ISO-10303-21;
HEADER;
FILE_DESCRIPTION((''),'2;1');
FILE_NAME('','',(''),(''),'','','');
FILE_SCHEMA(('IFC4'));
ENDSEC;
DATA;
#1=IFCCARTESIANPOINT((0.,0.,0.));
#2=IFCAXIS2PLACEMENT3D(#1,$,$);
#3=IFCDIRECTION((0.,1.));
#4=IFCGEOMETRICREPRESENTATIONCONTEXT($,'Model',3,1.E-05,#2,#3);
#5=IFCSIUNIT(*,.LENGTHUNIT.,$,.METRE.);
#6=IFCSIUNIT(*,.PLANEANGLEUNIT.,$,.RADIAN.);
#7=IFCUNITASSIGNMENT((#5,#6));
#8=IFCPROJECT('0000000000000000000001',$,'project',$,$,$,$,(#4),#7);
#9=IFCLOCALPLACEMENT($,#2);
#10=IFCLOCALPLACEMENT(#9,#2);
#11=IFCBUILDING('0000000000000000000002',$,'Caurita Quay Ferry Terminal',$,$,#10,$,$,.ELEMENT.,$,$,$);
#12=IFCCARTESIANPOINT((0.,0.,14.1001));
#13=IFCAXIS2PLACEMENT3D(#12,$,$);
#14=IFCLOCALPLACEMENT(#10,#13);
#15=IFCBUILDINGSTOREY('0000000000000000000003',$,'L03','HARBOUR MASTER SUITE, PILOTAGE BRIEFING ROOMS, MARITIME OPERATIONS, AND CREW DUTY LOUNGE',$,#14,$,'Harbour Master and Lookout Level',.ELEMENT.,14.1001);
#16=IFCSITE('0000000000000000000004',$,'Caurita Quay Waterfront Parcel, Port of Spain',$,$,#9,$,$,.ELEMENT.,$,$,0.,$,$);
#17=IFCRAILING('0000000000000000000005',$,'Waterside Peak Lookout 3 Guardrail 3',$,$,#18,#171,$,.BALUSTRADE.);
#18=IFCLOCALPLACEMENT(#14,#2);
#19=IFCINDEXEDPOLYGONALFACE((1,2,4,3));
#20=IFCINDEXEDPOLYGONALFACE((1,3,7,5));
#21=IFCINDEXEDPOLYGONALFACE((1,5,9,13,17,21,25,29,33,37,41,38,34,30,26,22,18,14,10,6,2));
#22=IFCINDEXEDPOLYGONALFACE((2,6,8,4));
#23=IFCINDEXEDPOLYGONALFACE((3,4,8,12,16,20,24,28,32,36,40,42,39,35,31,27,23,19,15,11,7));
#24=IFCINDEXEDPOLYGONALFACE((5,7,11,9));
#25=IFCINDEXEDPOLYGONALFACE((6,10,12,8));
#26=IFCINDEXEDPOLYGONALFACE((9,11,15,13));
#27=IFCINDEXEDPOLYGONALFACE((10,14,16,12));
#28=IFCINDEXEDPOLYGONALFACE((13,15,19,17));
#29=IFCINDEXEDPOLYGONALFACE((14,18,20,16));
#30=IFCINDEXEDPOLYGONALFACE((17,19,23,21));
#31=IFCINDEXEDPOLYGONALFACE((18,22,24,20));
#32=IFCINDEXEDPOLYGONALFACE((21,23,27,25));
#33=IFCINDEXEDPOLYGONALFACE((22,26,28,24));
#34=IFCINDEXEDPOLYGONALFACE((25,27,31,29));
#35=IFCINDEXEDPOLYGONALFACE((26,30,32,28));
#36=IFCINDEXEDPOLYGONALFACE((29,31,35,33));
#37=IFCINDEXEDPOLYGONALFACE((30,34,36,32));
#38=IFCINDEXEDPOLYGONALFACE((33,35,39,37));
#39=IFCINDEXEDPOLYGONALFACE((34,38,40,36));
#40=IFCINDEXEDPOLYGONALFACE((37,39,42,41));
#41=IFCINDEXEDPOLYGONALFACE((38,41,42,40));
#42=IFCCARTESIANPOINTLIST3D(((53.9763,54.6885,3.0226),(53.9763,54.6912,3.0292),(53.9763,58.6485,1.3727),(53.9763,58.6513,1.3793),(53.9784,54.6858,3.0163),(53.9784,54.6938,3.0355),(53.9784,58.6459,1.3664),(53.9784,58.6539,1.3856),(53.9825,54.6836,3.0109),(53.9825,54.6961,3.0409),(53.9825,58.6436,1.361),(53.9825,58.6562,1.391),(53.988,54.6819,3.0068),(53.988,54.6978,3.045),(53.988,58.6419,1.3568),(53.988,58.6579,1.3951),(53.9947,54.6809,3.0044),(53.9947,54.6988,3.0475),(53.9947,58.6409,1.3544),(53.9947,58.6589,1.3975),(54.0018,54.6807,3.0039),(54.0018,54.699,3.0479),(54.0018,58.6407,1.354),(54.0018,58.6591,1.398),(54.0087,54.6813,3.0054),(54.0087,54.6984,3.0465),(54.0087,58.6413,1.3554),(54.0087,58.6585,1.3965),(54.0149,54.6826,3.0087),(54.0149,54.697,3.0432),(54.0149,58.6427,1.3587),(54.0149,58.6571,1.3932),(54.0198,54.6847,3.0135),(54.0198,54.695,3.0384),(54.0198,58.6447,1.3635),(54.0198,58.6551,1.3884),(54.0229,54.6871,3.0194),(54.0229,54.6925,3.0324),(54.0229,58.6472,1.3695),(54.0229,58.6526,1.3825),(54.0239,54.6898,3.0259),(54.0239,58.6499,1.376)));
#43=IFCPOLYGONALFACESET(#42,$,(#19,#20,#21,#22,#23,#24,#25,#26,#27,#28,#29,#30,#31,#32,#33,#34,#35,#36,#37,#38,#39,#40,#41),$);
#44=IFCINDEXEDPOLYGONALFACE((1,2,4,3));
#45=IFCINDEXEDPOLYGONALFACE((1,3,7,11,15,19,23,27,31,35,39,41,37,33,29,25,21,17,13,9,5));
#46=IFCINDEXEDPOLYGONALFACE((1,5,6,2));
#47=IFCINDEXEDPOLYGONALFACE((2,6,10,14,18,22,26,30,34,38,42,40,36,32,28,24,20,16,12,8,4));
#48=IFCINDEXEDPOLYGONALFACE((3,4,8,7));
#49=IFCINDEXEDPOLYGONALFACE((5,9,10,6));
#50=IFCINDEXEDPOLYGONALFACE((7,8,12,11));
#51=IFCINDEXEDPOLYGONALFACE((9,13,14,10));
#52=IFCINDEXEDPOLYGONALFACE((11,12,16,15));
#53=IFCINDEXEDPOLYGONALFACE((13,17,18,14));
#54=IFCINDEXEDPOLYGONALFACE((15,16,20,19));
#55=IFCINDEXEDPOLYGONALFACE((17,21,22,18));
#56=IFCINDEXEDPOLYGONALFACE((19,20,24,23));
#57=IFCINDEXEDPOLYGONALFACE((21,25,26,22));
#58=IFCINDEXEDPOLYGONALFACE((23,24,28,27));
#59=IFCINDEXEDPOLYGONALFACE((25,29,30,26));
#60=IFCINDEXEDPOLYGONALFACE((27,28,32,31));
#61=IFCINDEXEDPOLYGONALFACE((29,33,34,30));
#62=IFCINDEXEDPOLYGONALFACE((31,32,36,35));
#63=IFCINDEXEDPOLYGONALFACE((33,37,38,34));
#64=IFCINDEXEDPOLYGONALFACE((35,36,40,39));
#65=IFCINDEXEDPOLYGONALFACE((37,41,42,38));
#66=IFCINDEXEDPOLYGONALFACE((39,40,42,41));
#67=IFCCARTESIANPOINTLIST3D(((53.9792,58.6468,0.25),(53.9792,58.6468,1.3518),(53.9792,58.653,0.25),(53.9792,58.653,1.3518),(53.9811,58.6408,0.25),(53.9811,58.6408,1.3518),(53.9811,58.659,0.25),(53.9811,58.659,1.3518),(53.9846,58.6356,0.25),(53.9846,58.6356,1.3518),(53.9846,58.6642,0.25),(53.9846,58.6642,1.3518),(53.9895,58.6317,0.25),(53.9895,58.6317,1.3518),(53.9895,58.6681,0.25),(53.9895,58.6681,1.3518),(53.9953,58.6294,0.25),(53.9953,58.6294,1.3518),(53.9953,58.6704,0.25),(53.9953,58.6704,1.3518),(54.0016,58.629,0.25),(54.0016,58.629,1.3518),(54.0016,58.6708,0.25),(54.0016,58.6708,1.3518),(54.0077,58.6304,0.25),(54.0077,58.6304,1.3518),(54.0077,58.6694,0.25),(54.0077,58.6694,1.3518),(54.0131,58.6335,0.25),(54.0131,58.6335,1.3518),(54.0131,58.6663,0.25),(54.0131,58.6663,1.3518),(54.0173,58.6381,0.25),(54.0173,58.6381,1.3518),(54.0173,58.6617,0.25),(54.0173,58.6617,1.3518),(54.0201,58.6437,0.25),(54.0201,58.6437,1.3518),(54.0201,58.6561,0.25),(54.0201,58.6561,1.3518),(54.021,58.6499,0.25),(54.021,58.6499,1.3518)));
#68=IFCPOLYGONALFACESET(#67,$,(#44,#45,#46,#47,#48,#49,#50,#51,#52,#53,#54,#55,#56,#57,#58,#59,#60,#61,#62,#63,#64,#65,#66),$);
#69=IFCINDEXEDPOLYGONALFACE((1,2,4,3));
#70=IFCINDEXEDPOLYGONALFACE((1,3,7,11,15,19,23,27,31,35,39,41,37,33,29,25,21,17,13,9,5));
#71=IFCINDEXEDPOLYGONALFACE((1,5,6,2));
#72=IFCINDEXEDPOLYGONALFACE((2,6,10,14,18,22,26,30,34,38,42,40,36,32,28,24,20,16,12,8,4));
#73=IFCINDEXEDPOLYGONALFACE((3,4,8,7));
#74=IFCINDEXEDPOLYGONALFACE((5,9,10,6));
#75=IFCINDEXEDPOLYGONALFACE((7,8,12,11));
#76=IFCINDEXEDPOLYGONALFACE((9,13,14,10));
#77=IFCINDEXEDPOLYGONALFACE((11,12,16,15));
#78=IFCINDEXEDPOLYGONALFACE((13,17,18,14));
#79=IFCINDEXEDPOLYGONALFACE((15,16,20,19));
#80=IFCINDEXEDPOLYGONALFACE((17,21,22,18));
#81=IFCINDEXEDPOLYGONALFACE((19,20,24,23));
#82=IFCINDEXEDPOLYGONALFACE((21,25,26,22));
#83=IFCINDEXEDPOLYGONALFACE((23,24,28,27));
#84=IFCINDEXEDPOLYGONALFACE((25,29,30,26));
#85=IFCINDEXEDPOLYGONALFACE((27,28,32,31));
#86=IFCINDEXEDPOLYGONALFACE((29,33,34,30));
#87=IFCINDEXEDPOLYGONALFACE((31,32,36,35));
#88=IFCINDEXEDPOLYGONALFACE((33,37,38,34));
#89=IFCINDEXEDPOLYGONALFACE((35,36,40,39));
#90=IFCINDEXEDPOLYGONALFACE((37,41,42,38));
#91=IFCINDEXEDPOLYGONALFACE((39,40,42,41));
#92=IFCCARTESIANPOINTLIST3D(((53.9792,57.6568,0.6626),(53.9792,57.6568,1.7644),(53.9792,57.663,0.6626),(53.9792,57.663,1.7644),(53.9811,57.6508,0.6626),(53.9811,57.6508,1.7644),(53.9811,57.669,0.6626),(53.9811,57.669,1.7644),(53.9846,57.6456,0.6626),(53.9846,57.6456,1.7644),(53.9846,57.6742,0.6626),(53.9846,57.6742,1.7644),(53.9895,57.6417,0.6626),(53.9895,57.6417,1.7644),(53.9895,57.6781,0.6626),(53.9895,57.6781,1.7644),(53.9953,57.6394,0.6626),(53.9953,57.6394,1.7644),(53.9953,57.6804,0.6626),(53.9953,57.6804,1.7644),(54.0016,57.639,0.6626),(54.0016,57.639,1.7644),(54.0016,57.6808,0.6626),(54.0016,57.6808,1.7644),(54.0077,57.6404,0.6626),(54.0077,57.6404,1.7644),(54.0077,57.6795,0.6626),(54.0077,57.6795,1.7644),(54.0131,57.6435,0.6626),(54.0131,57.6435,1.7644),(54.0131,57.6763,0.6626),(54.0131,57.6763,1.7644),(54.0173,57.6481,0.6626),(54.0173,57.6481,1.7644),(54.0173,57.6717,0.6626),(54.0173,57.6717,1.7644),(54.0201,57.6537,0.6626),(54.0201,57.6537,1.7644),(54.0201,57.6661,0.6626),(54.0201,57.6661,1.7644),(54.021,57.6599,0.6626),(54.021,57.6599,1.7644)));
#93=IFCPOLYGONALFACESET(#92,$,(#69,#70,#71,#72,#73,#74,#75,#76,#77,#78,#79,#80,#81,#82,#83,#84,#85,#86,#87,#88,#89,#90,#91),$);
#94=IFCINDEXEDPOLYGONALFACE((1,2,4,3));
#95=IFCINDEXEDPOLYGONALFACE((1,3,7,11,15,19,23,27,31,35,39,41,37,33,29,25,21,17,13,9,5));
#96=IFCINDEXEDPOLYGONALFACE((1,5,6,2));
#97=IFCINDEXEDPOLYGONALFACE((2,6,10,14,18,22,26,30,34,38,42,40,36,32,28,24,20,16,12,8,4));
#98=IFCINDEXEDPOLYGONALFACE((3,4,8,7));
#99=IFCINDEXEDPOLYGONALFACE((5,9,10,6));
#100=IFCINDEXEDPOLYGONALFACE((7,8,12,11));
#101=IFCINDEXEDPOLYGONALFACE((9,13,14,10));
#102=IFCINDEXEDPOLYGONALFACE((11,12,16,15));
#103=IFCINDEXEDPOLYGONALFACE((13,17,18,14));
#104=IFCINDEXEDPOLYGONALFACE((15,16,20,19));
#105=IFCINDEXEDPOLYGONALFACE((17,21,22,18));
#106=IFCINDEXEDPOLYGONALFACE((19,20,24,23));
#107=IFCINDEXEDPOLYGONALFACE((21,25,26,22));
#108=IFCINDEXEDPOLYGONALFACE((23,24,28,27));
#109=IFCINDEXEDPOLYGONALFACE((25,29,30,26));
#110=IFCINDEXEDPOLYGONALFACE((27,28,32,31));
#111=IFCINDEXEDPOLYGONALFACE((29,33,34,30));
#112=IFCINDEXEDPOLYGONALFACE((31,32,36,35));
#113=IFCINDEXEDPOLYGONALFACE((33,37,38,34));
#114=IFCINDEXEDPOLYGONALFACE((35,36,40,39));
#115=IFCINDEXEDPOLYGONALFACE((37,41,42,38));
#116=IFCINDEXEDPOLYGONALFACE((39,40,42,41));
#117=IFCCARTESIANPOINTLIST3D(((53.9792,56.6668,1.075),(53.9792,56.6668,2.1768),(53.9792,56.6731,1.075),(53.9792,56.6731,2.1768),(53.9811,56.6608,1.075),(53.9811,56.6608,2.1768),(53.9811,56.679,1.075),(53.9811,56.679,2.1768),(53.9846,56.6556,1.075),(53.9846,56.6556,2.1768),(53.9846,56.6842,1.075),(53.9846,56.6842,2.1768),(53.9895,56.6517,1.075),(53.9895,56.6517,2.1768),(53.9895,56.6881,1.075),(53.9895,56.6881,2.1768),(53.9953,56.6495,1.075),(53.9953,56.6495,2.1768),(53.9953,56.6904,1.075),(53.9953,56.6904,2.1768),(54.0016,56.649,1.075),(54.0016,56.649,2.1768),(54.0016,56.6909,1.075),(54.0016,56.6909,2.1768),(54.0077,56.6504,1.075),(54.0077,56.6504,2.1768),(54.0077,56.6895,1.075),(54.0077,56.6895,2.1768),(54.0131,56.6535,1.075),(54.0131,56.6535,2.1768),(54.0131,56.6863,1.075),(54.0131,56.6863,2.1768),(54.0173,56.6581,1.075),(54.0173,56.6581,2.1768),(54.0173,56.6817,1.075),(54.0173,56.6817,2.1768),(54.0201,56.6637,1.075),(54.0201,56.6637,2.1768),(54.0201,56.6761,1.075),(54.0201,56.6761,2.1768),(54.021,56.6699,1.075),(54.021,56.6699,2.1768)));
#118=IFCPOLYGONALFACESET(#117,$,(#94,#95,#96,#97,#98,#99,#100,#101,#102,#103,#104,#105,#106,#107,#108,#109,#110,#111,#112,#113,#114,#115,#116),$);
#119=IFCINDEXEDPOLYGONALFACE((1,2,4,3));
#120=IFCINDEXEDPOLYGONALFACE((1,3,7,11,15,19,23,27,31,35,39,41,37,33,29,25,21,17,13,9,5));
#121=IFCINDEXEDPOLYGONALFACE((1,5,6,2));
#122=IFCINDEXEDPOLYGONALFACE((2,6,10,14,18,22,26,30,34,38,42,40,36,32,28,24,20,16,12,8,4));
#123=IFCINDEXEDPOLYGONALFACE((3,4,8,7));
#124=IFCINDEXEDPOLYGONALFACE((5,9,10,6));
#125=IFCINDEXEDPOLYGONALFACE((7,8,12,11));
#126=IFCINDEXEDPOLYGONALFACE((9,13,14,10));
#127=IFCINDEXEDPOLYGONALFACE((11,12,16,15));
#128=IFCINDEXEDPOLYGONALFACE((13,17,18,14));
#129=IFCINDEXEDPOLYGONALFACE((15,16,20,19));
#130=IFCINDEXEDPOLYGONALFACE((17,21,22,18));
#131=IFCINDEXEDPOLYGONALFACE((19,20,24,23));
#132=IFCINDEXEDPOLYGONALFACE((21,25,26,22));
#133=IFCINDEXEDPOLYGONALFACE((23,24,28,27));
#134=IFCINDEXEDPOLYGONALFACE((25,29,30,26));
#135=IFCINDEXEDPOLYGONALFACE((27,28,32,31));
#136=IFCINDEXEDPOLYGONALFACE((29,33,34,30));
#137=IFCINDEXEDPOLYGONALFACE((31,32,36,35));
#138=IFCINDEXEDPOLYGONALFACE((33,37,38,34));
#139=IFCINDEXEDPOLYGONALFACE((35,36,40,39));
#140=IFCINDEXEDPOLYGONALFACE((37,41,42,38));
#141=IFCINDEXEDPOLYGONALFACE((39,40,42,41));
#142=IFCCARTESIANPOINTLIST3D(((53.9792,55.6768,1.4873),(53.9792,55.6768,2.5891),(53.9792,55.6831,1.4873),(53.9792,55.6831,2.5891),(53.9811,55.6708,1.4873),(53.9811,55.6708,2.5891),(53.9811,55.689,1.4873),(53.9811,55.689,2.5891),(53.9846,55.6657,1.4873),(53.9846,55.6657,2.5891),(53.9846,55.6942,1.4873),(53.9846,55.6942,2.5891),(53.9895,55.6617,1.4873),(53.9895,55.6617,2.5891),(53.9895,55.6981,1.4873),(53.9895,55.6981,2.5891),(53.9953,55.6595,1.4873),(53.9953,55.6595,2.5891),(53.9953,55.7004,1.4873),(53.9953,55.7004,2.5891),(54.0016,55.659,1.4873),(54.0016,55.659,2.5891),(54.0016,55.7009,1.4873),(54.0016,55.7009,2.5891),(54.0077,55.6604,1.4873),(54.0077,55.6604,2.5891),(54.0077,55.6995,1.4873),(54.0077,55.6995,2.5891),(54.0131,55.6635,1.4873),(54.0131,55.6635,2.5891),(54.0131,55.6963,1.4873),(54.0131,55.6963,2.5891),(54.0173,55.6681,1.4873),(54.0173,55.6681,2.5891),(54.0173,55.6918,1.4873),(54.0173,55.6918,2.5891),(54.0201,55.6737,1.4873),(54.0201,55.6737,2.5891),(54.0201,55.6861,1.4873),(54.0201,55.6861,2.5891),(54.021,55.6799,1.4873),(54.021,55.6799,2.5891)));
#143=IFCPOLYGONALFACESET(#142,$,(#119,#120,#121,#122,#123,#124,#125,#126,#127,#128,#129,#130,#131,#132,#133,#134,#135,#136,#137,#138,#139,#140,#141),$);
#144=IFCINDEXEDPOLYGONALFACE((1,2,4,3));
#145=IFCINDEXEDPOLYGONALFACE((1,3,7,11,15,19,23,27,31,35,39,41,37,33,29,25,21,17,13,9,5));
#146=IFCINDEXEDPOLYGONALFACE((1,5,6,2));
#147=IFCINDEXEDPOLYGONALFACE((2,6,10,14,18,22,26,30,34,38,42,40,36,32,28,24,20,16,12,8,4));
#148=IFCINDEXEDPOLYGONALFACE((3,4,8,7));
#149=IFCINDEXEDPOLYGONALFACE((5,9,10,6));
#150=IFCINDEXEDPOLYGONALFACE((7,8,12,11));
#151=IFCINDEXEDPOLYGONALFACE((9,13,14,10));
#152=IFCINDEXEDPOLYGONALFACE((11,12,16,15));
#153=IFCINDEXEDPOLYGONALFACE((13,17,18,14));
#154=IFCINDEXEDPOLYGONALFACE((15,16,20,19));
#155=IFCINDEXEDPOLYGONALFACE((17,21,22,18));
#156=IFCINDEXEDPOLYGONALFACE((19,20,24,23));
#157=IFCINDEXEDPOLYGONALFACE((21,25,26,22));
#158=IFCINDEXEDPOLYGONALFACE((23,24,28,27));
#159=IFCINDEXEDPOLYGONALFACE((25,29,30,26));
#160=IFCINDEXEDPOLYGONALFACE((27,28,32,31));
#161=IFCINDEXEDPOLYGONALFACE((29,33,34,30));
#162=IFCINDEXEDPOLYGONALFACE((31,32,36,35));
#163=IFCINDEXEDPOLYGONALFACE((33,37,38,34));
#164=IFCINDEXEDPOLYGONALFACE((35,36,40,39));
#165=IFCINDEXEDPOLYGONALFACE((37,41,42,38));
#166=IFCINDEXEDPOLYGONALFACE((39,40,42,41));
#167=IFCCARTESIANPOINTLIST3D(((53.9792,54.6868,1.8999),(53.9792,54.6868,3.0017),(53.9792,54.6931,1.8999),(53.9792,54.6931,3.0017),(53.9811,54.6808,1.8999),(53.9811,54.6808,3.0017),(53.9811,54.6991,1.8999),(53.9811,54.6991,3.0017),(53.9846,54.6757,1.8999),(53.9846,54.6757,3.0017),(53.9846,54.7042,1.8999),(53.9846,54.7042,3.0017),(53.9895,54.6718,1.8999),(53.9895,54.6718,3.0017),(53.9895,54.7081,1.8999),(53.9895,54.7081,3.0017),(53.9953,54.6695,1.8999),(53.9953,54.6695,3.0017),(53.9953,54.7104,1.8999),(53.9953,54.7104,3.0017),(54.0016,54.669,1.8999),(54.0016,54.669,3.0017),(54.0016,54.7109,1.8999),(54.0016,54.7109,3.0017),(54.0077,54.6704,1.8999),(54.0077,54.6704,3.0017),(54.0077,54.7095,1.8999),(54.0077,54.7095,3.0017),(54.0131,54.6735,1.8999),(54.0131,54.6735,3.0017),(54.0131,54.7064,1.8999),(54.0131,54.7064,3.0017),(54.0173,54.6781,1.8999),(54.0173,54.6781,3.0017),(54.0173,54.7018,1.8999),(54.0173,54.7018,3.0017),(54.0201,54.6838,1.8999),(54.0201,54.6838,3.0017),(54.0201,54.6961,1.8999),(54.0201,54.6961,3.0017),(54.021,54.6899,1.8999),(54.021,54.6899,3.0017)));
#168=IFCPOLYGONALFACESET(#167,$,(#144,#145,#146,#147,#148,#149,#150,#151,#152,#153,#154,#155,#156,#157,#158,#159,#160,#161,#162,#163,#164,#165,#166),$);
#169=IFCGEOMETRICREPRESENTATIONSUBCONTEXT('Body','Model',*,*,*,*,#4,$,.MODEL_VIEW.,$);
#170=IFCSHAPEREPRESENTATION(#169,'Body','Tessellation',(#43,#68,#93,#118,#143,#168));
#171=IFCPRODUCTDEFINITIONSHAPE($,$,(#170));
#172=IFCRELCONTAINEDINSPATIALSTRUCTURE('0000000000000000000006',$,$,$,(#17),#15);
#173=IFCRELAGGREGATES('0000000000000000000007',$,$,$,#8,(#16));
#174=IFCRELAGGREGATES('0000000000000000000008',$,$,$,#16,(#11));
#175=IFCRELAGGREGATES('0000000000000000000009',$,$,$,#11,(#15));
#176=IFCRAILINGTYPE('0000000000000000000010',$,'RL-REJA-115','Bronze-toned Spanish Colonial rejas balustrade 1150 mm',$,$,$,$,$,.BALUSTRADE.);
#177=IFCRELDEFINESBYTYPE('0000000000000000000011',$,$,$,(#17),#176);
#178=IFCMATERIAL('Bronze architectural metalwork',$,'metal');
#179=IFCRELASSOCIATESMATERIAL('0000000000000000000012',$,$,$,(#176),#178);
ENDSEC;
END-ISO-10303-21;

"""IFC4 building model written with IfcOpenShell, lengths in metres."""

from ifc_helpers import new_model, si_unit, direction, frame, origin, origin_2d, place, context, subcontext, project, spatial, circle, extrude, material, type_object, element, save


model = new_model("IFC4")

# Units and contexts
model_context = context("Model", 3, precision=1e-05, world=origin(), true_north=direction((0.0, 1.0)))
body_context = subcontext(model_context, "Body", "Model", "MODEL_VIEW")
ifc_project = project(units=[si_unit("LENGTHUNIT", "METRE"), si_unit("PLANEANGLEUNIT", "RADIAN")], contexts=[model_context])

# Site, building, storey
site_placement = place(None, origin())
site = spatial("IfcSite", under=ifc_project, at=site_placement, Name="Caurita Quay Waterfront Parcel, Port of Spain", CompositionType="ELEMENT", RefElevation=0.0)
building_placement = place(site_placement, origin())
building = spatial("IfcBuilding", under=site, at=building_placement, Name="Caurita Quay Ferry Terminal", CompositionType="ELEMENT")
storey_placement = place(building_placement, frame((0.0, 0.0, 14.1001)))
storey = spatial("IfcBuildingStorey", under=building, at=storey_placement, Name="L03", Description="HARBOUR MASTER SUITE, PILOTAGE BRIEFING ROOMS, MARITIME OPERATIONS, AND CREW DUTY LOUNGE", LongName="Harbour Master and Lookout Level", CompositionType="ELEMENT", Elevation=14.1001)

# Railing
ifc_material_1 = material(Name="Bronze architectural metalwork", Category="metal")
railing_type_1 = type_object("IfcRailingType", Name="RL-REJA-115", Description="Bronze-toned Spanish Colonial rejas balustrade 1150 mm", PredefinedType="BALUSTRADE", material=ifc_material_1)
railing_1_placement = place(storey_placement, frame((54.0, 58.6499, 0.25)))
element("IfcRailing", 1, at=railing_1_placement, inside=storey, type_object=railing_type_1, Name="Waterside Peak Lookout 3 Guardrail 3", PredefinedType="BALUSTRADE", context=body_context, shape_type="SweptSolid", body=[
    extrude(circle(Radius=0.0239, at=origin_2d()), frame((0.0, 0.0, 1.126), z_axis=(0.0, -0.923084, 0.384599), x_axis=(1.0, 0.0, 0.0)), (0.0, 0.0, 1.0), 4.29),
    extrude(circle(Radius=0.021, at=origin_2d()), origin(), (0.0, 0.0, 1.0), 1.1018),
    extrude(circle(Radius=0.021, at=origin_2d()), frame((0.0, -0.99, 0.4126)), (0.0, 0.0, 1.0), 1.1018),
    extrude(circle(Radius=0.021, at=origin_2d()), frame((0.0, -1.98, 0.825)), (0.0, 0.0, 1.0), 1.1018),
    extrude(circle(Radius=0.021, at=origin_2d()), frame((0.0, -2.97, 1.2373)), (0.0, 0.0, 1.0), 1.1018),
    extrude(circle(Radius=0.021, at=origin_2d()), frame((0.0, -3.96, 1.6499)), (0.0, 0.0, 1.0), 1.1018),
])

save(model, "model.ifc")
